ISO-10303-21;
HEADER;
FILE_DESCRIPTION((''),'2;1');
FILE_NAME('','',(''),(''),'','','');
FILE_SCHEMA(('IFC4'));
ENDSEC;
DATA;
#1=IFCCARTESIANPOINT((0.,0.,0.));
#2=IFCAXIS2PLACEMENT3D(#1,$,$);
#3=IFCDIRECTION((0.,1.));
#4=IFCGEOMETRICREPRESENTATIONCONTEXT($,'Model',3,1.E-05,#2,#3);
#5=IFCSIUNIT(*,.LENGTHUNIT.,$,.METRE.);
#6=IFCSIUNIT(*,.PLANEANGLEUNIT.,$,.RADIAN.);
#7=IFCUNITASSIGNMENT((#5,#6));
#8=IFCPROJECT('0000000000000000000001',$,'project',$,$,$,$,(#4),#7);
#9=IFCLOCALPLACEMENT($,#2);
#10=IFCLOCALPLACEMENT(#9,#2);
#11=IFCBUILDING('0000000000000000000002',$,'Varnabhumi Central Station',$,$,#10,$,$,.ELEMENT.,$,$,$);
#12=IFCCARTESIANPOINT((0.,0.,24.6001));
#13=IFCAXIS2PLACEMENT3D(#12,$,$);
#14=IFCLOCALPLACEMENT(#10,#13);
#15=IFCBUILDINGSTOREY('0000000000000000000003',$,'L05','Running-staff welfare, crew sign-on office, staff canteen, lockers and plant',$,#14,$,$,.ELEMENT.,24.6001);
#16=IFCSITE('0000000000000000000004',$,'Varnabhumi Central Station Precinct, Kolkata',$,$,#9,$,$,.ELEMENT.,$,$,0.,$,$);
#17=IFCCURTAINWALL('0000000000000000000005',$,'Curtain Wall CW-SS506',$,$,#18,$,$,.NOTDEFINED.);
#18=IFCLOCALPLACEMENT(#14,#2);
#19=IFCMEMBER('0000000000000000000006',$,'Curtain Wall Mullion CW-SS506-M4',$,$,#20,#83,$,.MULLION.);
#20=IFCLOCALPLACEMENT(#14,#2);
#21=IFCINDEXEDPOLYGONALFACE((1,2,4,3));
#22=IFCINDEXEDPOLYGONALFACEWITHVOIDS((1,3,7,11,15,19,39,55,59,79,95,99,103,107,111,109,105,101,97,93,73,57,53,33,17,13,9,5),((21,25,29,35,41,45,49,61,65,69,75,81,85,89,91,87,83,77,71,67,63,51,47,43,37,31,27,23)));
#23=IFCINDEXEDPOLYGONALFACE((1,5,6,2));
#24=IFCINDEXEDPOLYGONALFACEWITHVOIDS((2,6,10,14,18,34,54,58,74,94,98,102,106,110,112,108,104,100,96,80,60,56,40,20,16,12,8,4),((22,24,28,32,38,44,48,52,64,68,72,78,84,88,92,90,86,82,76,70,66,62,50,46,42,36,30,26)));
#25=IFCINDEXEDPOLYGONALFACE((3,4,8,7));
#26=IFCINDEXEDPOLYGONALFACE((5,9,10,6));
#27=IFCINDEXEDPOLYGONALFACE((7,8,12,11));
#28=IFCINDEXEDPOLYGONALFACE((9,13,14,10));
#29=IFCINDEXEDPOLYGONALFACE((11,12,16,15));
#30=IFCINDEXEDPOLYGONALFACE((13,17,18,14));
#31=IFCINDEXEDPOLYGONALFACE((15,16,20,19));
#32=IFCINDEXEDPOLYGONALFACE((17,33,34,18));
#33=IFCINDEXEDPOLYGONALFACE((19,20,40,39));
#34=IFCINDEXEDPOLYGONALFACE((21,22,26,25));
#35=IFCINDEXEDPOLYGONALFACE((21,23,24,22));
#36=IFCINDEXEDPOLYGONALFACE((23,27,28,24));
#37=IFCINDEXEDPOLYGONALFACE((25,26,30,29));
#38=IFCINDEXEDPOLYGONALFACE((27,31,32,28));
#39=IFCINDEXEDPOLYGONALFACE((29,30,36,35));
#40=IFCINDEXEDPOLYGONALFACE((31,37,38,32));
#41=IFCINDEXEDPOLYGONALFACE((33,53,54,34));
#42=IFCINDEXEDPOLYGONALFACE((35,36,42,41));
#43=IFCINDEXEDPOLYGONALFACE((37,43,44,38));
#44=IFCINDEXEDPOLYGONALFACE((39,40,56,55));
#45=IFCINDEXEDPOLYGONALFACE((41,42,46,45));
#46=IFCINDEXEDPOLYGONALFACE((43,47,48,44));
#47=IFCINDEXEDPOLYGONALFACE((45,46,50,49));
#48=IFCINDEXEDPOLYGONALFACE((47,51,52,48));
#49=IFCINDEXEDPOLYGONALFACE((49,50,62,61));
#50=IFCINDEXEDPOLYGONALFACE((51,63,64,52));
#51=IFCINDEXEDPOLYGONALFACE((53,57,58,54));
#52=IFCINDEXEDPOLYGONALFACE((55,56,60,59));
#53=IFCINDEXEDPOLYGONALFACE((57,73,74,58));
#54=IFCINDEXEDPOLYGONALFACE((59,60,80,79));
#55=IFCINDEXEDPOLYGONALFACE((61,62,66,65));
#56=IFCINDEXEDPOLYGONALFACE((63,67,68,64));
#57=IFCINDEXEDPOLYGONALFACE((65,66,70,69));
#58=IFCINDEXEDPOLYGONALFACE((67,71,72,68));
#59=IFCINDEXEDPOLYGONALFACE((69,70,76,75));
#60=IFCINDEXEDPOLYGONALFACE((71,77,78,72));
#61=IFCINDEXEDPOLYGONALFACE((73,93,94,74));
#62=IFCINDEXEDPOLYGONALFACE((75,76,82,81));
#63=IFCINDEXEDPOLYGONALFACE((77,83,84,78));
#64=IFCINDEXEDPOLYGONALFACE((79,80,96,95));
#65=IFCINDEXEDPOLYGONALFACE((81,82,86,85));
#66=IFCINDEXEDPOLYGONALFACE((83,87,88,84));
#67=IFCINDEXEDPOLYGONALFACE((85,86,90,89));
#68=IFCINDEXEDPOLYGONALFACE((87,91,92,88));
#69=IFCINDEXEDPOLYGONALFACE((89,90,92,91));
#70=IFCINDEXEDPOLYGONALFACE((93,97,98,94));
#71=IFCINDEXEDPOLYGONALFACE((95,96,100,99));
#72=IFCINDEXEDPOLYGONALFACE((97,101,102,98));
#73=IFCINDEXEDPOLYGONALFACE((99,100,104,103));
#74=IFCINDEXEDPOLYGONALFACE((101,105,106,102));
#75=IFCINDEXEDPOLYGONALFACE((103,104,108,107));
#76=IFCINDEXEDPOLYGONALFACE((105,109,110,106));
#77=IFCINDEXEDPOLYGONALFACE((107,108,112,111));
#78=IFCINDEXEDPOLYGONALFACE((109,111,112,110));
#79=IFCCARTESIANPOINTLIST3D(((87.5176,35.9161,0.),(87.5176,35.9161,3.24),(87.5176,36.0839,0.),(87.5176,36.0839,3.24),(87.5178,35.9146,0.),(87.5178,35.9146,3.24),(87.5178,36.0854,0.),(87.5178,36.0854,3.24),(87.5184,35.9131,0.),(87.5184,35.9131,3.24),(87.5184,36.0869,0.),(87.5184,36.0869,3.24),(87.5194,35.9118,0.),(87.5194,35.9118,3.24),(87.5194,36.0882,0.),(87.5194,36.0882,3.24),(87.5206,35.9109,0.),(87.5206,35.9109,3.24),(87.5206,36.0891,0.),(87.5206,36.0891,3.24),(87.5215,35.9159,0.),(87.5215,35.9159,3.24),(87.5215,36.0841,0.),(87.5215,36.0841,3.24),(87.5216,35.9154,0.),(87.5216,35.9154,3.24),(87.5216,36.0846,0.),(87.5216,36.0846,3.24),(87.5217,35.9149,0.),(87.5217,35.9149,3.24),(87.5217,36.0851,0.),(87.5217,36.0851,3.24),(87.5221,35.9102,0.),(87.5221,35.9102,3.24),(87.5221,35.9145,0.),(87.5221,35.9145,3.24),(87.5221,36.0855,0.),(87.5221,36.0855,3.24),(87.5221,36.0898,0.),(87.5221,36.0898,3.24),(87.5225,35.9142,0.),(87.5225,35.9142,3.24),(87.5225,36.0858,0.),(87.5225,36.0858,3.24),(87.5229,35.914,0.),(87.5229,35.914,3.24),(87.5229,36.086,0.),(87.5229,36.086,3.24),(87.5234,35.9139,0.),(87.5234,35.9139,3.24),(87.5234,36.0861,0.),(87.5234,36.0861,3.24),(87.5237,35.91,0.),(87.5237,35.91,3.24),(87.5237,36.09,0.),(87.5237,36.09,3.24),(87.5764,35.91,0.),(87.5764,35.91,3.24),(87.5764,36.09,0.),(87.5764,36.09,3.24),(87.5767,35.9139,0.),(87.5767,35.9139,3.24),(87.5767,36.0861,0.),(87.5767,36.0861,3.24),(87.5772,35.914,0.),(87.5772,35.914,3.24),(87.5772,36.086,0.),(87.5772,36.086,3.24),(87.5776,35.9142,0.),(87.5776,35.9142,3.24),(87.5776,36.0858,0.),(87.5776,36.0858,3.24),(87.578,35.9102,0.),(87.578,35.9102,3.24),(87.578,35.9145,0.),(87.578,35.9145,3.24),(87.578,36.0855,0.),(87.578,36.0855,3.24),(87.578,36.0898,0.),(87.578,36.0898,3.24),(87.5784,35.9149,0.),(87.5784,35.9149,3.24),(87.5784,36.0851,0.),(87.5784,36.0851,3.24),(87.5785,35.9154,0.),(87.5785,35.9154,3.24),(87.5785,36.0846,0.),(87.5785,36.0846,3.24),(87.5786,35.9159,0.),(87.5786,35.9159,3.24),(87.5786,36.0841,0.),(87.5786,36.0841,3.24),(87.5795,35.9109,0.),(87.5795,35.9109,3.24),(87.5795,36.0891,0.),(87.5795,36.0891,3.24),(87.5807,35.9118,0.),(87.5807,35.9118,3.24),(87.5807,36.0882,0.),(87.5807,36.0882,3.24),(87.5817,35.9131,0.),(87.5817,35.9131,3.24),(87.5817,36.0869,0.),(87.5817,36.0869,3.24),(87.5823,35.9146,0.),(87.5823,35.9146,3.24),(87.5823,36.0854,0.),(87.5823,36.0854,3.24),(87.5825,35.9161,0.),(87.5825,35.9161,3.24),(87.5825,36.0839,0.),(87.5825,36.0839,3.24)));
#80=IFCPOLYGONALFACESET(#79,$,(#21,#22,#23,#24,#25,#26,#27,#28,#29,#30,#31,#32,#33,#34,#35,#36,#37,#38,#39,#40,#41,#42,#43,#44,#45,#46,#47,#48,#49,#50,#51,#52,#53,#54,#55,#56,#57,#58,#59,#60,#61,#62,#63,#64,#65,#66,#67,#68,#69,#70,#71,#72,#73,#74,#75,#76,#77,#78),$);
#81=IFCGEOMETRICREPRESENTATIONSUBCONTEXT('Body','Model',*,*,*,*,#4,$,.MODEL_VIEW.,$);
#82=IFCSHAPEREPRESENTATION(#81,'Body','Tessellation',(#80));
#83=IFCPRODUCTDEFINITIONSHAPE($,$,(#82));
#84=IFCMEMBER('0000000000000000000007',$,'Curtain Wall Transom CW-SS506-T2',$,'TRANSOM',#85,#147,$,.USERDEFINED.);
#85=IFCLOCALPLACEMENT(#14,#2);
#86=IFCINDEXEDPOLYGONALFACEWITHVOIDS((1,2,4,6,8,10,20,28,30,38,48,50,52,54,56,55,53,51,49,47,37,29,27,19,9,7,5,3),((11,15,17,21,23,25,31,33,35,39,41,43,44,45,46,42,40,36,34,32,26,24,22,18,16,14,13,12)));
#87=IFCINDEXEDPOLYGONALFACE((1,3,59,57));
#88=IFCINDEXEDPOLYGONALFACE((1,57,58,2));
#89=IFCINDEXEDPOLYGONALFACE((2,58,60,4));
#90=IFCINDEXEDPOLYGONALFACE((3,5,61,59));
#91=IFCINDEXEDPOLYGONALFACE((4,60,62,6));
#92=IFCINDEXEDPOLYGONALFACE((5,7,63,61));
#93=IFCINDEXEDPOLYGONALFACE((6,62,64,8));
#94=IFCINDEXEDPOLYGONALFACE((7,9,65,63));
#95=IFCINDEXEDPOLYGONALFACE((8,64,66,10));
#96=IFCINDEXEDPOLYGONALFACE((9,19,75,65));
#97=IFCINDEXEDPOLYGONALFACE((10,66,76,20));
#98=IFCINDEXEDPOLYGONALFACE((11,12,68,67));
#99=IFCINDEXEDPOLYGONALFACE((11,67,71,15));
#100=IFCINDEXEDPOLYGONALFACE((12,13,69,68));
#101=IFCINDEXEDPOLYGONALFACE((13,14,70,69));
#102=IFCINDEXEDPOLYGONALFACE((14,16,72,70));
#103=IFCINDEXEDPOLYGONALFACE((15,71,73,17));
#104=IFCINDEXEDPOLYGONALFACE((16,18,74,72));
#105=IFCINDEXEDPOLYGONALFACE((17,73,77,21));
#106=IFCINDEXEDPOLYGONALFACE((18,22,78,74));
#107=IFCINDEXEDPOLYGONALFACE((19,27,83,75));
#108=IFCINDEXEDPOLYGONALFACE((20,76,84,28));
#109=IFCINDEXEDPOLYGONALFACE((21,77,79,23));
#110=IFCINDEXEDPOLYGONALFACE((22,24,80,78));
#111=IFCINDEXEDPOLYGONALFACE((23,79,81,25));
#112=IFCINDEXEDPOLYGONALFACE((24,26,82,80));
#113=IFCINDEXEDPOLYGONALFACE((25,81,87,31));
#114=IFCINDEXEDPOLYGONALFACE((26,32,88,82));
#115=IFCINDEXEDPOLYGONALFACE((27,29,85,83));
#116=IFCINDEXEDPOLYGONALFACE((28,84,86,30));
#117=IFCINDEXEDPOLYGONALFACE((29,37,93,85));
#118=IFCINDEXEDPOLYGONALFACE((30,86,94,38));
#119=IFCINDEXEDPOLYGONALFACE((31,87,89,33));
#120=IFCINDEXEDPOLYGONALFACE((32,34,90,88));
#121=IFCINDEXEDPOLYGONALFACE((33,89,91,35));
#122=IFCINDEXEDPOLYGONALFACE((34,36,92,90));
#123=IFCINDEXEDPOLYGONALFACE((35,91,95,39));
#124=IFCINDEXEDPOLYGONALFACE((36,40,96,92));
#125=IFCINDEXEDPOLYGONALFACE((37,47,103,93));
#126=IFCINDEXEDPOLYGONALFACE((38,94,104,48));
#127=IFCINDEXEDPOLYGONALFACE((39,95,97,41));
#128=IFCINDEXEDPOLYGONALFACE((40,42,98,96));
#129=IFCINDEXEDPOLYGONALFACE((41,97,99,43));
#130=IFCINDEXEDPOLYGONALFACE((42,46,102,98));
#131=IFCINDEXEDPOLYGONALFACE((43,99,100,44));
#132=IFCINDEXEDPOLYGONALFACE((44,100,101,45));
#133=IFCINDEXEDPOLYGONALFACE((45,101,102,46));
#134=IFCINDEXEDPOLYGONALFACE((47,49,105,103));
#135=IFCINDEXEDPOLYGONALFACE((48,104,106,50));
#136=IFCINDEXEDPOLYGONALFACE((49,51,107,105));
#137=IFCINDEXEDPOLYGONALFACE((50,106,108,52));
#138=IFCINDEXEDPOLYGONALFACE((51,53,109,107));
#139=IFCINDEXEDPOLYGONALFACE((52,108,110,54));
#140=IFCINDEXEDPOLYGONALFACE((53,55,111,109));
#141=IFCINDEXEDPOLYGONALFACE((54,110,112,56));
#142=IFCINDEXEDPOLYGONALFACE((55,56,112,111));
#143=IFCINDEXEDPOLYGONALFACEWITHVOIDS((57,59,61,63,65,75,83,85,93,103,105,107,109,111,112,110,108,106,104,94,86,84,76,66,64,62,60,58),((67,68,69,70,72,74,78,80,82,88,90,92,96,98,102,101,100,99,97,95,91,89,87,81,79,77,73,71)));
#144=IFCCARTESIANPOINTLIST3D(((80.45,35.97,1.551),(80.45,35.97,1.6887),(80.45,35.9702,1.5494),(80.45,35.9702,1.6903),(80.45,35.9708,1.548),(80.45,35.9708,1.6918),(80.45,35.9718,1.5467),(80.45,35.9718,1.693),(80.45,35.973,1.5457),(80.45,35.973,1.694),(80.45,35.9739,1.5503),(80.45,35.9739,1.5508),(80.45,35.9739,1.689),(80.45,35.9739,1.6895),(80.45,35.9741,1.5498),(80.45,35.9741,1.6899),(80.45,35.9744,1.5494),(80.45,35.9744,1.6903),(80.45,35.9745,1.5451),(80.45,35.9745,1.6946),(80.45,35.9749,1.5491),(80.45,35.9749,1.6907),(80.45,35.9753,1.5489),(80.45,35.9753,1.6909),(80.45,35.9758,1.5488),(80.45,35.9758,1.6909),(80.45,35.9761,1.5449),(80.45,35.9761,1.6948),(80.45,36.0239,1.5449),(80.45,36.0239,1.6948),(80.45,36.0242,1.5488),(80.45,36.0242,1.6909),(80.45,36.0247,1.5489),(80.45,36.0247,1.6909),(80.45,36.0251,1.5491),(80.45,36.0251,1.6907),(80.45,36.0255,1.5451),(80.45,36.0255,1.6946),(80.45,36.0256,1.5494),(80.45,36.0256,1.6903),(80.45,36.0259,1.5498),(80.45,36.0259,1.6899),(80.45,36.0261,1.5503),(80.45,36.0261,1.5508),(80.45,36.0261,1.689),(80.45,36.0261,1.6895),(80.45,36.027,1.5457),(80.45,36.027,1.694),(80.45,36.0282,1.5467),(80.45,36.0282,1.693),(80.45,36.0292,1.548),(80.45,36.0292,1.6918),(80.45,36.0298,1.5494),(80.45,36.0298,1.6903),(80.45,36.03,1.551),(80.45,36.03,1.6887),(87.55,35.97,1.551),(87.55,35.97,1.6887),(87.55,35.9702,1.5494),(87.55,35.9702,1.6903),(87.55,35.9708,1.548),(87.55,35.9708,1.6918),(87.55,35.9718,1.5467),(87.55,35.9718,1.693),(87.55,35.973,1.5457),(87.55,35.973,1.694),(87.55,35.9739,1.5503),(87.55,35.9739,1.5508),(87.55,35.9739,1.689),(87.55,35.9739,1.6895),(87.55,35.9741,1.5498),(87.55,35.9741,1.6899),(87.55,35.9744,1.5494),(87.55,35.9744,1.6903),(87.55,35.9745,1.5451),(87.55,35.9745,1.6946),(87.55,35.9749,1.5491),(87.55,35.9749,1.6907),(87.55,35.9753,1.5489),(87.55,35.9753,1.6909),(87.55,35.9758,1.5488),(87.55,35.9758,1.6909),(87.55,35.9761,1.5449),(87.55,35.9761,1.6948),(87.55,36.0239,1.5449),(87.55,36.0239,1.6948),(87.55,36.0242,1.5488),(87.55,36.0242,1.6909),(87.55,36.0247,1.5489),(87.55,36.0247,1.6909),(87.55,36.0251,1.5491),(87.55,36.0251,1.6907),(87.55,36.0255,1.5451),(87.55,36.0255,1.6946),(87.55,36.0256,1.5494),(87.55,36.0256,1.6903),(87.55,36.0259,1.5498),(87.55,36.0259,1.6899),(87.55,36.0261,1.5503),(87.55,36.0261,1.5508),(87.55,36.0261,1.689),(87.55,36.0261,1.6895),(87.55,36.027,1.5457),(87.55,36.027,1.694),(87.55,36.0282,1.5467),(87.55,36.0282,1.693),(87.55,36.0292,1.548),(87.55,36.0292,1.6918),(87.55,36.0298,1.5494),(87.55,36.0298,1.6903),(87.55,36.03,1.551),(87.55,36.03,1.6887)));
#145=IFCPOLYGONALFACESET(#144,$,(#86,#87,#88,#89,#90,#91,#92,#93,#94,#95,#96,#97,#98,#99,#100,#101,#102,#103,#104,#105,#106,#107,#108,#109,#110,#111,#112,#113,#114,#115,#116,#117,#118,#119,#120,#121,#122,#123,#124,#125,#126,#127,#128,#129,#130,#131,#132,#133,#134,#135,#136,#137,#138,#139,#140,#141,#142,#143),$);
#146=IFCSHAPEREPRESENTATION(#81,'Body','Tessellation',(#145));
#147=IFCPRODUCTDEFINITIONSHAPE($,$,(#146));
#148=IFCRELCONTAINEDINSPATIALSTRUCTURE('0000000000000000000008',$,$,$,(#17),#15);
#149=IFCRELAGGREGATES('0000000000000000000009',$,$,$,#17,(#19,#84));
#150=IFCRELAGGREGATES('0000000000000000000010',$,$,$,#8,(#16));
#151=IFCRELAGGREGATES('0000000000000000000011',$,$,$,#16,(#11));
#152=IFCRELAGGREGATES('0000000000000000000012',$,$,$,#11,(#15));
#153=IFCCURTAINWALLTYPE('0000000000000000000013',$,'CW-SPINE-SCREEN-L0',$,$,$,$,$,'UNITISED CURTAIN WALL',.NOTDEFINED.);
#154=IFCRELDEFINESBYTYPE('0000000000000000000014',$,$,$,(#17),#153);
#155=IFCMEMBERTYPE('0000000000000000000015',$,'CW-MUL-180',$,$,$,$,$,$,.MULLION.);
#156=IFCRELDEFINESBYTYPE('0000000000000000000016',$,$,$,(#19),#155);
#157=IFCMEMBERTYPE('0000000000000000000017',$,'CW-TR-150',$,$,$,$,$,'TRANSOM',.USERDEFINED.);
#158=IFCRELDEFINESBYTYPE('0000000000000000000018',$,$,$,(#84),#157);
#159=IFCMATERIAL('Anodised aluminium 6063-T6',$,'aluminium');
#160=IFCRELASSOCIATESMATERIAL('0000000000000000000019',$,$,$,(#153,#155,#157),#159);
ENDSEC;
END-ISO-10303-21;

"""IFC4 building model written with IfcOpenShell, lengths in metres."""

from ifc_helpers import new_model, si_unit, direction, frame, origin, origin_2d, place, context, subcontext, project, spatial, hollow_rectangle, extrude, material, material_profile, profile_set, type_object, element, aggregate, save


model = new_model("IFC4")

# Units and contexts
model_context = context("Model", 3, precision=1e-05, world=origin(), true_north=direction((0.0, 1.0)))
body_context = subcontext(model_context, "Body", "Model", "MODEL_VIEW")
ifc_project = project(units=[si_unit("LENGTHUNIT", "METRE"), si_unit("PLANEANGLEUNIT", "RADIAN")], contexts=[model_context])

# Site, building, storey
site_placement = place(None, origin())
site = spatial("IfcSite", under=ifc_project, at=site_placement, Name="Varnabhumi Central Station Precinct, Kolkata", CompositionType="ELEMENT", RefElevation=0.0)
building_placement = place(site_placement, origin())
building = spatial("IfcBuilding", under=site, at=building_placement, Name="Varnabhumi Central Station", CompositionType="ELEMENT")
storey_placement = place(building_placement, frame((0.0, 0.0, 24.6001)))
storey = spatial("IfcBuildingStorey", under=building, at=storey_placement, Name="L05", Description="Running-staff welfare, crew sign-on office, staff canteen, lockers and plant", CompositionType="ELEMENT", Elevation=24.6001)

# Curtain wall, members
ifc_material_1 = material(Name="Anodised aluminium 6063-T6", Category="aluminium")
curtain_wall_type = type_object("IfcCurtainWallType", Name="CW-SPINE-SCREEN-L0", ElementType="UNITISED CURTAIN WALL", PredefinedType="NOTDEFINED", material=ifc_material_1)
curtain_wall_placement = place(storey_placement, origin())
curtain_wall = element("IfcCurtainWall", 1, at=curtain_wall_placement, inside=storey, type_object=curtain_wall_type, Name="Curtain Wall CW-SS506", PredefinedType="NOTDEFINED")
ifc_material_profile_1 = material_profile(ifc_material_1, hollow_rectangle(XDim=0.0649, YDim=0.1799, WallThickness=0.0039, InnerFilletRadius=0.002, OuterFilletRadius=0.0061, at=origin_2d()), Name="Anodised aluminium 6063-T6", Category="aluminium")
ifc_profile_set_1 = profile_set([ifc_material_profile_1], Name="Anodised aluminium 6063-T6")
member_type_1 = type_object("IfcMemberType", Name="CW-MUL-180", PredefinedType="MULLION", material=ifc_profile_set_1)
member_1_placement = place(storey_placement, frame((87.55, 36.0, 0.0), z_axis=(0.0, 0.0, 1.0), x_axis=(1.0, 0.0, 0.0)))
member_1 = element("IfcMember", 2, at=member_1_placement, type_object=member_type_1, Name="Curtain Wall Mullion CW-SS506-M4", PredefinedType="MULLION", context=body_context, shape_type="SweptSolid", body=[
    extrude(hollow_rectangle(XDim=0.0649, YDim=0.1799, WallThickness=0.0039, InnerFilletRadius=0.002, OuterFilletRadius=0.0061, at=origin_2d()), origin(), (0.0, 0.0, 1.0), 3.24),
])
ifc_material_profile_2 = material_profile(ifc_material_1, hollow_rectangle(XDim=0.0601, YDim=0.1499, WallThickness=0.0039, InnerFilletRadius=0.002, OuterFilletRadius=0.0061, at=origin_2d()), Name="Anodised aluminium 6063-T6", Category="aluminium")
ifc_profile_set_2 = profile_set([ifc_material_profile_2], Name="Anodised aluminium 6063-T6")
member_type_2 = type_object("IfcMemberType", Name="CW-TR-150", ElementType="TRANSOM", PredefinedType="USERDEFINED", material=ifc_profile_set_2)
member_2_placement = place(storey_placement, frame((80.45, 36.0, 1.6199), z_axis=(1.0, 0.0, 0.0), x_axis=(0.0, 1.0, 0.0)))
member_2 = element("IfcMember", 3, at=member_2_placement, type_object=member_type_2, Name="Curtain Wall Transom CW-SS506-T2", ObjectType="TRANSOM", PredefinedType="USERDEFINED", context=body_context, shape_type="SweptSolid", body=[
    extrude(hollow_rectangle(XDim=0.0601, YDim=0.1499, WallThickness=0.0039, InnerFilletRadius=0.002, OuterFilletRadius=0.0061, at=origin_2d()), origin(), (0.0, 0.0, 1.0), 7.1001),
])

aggregate(curtain_wall, [member_1, member_2])

save(model, "model.ifc")
